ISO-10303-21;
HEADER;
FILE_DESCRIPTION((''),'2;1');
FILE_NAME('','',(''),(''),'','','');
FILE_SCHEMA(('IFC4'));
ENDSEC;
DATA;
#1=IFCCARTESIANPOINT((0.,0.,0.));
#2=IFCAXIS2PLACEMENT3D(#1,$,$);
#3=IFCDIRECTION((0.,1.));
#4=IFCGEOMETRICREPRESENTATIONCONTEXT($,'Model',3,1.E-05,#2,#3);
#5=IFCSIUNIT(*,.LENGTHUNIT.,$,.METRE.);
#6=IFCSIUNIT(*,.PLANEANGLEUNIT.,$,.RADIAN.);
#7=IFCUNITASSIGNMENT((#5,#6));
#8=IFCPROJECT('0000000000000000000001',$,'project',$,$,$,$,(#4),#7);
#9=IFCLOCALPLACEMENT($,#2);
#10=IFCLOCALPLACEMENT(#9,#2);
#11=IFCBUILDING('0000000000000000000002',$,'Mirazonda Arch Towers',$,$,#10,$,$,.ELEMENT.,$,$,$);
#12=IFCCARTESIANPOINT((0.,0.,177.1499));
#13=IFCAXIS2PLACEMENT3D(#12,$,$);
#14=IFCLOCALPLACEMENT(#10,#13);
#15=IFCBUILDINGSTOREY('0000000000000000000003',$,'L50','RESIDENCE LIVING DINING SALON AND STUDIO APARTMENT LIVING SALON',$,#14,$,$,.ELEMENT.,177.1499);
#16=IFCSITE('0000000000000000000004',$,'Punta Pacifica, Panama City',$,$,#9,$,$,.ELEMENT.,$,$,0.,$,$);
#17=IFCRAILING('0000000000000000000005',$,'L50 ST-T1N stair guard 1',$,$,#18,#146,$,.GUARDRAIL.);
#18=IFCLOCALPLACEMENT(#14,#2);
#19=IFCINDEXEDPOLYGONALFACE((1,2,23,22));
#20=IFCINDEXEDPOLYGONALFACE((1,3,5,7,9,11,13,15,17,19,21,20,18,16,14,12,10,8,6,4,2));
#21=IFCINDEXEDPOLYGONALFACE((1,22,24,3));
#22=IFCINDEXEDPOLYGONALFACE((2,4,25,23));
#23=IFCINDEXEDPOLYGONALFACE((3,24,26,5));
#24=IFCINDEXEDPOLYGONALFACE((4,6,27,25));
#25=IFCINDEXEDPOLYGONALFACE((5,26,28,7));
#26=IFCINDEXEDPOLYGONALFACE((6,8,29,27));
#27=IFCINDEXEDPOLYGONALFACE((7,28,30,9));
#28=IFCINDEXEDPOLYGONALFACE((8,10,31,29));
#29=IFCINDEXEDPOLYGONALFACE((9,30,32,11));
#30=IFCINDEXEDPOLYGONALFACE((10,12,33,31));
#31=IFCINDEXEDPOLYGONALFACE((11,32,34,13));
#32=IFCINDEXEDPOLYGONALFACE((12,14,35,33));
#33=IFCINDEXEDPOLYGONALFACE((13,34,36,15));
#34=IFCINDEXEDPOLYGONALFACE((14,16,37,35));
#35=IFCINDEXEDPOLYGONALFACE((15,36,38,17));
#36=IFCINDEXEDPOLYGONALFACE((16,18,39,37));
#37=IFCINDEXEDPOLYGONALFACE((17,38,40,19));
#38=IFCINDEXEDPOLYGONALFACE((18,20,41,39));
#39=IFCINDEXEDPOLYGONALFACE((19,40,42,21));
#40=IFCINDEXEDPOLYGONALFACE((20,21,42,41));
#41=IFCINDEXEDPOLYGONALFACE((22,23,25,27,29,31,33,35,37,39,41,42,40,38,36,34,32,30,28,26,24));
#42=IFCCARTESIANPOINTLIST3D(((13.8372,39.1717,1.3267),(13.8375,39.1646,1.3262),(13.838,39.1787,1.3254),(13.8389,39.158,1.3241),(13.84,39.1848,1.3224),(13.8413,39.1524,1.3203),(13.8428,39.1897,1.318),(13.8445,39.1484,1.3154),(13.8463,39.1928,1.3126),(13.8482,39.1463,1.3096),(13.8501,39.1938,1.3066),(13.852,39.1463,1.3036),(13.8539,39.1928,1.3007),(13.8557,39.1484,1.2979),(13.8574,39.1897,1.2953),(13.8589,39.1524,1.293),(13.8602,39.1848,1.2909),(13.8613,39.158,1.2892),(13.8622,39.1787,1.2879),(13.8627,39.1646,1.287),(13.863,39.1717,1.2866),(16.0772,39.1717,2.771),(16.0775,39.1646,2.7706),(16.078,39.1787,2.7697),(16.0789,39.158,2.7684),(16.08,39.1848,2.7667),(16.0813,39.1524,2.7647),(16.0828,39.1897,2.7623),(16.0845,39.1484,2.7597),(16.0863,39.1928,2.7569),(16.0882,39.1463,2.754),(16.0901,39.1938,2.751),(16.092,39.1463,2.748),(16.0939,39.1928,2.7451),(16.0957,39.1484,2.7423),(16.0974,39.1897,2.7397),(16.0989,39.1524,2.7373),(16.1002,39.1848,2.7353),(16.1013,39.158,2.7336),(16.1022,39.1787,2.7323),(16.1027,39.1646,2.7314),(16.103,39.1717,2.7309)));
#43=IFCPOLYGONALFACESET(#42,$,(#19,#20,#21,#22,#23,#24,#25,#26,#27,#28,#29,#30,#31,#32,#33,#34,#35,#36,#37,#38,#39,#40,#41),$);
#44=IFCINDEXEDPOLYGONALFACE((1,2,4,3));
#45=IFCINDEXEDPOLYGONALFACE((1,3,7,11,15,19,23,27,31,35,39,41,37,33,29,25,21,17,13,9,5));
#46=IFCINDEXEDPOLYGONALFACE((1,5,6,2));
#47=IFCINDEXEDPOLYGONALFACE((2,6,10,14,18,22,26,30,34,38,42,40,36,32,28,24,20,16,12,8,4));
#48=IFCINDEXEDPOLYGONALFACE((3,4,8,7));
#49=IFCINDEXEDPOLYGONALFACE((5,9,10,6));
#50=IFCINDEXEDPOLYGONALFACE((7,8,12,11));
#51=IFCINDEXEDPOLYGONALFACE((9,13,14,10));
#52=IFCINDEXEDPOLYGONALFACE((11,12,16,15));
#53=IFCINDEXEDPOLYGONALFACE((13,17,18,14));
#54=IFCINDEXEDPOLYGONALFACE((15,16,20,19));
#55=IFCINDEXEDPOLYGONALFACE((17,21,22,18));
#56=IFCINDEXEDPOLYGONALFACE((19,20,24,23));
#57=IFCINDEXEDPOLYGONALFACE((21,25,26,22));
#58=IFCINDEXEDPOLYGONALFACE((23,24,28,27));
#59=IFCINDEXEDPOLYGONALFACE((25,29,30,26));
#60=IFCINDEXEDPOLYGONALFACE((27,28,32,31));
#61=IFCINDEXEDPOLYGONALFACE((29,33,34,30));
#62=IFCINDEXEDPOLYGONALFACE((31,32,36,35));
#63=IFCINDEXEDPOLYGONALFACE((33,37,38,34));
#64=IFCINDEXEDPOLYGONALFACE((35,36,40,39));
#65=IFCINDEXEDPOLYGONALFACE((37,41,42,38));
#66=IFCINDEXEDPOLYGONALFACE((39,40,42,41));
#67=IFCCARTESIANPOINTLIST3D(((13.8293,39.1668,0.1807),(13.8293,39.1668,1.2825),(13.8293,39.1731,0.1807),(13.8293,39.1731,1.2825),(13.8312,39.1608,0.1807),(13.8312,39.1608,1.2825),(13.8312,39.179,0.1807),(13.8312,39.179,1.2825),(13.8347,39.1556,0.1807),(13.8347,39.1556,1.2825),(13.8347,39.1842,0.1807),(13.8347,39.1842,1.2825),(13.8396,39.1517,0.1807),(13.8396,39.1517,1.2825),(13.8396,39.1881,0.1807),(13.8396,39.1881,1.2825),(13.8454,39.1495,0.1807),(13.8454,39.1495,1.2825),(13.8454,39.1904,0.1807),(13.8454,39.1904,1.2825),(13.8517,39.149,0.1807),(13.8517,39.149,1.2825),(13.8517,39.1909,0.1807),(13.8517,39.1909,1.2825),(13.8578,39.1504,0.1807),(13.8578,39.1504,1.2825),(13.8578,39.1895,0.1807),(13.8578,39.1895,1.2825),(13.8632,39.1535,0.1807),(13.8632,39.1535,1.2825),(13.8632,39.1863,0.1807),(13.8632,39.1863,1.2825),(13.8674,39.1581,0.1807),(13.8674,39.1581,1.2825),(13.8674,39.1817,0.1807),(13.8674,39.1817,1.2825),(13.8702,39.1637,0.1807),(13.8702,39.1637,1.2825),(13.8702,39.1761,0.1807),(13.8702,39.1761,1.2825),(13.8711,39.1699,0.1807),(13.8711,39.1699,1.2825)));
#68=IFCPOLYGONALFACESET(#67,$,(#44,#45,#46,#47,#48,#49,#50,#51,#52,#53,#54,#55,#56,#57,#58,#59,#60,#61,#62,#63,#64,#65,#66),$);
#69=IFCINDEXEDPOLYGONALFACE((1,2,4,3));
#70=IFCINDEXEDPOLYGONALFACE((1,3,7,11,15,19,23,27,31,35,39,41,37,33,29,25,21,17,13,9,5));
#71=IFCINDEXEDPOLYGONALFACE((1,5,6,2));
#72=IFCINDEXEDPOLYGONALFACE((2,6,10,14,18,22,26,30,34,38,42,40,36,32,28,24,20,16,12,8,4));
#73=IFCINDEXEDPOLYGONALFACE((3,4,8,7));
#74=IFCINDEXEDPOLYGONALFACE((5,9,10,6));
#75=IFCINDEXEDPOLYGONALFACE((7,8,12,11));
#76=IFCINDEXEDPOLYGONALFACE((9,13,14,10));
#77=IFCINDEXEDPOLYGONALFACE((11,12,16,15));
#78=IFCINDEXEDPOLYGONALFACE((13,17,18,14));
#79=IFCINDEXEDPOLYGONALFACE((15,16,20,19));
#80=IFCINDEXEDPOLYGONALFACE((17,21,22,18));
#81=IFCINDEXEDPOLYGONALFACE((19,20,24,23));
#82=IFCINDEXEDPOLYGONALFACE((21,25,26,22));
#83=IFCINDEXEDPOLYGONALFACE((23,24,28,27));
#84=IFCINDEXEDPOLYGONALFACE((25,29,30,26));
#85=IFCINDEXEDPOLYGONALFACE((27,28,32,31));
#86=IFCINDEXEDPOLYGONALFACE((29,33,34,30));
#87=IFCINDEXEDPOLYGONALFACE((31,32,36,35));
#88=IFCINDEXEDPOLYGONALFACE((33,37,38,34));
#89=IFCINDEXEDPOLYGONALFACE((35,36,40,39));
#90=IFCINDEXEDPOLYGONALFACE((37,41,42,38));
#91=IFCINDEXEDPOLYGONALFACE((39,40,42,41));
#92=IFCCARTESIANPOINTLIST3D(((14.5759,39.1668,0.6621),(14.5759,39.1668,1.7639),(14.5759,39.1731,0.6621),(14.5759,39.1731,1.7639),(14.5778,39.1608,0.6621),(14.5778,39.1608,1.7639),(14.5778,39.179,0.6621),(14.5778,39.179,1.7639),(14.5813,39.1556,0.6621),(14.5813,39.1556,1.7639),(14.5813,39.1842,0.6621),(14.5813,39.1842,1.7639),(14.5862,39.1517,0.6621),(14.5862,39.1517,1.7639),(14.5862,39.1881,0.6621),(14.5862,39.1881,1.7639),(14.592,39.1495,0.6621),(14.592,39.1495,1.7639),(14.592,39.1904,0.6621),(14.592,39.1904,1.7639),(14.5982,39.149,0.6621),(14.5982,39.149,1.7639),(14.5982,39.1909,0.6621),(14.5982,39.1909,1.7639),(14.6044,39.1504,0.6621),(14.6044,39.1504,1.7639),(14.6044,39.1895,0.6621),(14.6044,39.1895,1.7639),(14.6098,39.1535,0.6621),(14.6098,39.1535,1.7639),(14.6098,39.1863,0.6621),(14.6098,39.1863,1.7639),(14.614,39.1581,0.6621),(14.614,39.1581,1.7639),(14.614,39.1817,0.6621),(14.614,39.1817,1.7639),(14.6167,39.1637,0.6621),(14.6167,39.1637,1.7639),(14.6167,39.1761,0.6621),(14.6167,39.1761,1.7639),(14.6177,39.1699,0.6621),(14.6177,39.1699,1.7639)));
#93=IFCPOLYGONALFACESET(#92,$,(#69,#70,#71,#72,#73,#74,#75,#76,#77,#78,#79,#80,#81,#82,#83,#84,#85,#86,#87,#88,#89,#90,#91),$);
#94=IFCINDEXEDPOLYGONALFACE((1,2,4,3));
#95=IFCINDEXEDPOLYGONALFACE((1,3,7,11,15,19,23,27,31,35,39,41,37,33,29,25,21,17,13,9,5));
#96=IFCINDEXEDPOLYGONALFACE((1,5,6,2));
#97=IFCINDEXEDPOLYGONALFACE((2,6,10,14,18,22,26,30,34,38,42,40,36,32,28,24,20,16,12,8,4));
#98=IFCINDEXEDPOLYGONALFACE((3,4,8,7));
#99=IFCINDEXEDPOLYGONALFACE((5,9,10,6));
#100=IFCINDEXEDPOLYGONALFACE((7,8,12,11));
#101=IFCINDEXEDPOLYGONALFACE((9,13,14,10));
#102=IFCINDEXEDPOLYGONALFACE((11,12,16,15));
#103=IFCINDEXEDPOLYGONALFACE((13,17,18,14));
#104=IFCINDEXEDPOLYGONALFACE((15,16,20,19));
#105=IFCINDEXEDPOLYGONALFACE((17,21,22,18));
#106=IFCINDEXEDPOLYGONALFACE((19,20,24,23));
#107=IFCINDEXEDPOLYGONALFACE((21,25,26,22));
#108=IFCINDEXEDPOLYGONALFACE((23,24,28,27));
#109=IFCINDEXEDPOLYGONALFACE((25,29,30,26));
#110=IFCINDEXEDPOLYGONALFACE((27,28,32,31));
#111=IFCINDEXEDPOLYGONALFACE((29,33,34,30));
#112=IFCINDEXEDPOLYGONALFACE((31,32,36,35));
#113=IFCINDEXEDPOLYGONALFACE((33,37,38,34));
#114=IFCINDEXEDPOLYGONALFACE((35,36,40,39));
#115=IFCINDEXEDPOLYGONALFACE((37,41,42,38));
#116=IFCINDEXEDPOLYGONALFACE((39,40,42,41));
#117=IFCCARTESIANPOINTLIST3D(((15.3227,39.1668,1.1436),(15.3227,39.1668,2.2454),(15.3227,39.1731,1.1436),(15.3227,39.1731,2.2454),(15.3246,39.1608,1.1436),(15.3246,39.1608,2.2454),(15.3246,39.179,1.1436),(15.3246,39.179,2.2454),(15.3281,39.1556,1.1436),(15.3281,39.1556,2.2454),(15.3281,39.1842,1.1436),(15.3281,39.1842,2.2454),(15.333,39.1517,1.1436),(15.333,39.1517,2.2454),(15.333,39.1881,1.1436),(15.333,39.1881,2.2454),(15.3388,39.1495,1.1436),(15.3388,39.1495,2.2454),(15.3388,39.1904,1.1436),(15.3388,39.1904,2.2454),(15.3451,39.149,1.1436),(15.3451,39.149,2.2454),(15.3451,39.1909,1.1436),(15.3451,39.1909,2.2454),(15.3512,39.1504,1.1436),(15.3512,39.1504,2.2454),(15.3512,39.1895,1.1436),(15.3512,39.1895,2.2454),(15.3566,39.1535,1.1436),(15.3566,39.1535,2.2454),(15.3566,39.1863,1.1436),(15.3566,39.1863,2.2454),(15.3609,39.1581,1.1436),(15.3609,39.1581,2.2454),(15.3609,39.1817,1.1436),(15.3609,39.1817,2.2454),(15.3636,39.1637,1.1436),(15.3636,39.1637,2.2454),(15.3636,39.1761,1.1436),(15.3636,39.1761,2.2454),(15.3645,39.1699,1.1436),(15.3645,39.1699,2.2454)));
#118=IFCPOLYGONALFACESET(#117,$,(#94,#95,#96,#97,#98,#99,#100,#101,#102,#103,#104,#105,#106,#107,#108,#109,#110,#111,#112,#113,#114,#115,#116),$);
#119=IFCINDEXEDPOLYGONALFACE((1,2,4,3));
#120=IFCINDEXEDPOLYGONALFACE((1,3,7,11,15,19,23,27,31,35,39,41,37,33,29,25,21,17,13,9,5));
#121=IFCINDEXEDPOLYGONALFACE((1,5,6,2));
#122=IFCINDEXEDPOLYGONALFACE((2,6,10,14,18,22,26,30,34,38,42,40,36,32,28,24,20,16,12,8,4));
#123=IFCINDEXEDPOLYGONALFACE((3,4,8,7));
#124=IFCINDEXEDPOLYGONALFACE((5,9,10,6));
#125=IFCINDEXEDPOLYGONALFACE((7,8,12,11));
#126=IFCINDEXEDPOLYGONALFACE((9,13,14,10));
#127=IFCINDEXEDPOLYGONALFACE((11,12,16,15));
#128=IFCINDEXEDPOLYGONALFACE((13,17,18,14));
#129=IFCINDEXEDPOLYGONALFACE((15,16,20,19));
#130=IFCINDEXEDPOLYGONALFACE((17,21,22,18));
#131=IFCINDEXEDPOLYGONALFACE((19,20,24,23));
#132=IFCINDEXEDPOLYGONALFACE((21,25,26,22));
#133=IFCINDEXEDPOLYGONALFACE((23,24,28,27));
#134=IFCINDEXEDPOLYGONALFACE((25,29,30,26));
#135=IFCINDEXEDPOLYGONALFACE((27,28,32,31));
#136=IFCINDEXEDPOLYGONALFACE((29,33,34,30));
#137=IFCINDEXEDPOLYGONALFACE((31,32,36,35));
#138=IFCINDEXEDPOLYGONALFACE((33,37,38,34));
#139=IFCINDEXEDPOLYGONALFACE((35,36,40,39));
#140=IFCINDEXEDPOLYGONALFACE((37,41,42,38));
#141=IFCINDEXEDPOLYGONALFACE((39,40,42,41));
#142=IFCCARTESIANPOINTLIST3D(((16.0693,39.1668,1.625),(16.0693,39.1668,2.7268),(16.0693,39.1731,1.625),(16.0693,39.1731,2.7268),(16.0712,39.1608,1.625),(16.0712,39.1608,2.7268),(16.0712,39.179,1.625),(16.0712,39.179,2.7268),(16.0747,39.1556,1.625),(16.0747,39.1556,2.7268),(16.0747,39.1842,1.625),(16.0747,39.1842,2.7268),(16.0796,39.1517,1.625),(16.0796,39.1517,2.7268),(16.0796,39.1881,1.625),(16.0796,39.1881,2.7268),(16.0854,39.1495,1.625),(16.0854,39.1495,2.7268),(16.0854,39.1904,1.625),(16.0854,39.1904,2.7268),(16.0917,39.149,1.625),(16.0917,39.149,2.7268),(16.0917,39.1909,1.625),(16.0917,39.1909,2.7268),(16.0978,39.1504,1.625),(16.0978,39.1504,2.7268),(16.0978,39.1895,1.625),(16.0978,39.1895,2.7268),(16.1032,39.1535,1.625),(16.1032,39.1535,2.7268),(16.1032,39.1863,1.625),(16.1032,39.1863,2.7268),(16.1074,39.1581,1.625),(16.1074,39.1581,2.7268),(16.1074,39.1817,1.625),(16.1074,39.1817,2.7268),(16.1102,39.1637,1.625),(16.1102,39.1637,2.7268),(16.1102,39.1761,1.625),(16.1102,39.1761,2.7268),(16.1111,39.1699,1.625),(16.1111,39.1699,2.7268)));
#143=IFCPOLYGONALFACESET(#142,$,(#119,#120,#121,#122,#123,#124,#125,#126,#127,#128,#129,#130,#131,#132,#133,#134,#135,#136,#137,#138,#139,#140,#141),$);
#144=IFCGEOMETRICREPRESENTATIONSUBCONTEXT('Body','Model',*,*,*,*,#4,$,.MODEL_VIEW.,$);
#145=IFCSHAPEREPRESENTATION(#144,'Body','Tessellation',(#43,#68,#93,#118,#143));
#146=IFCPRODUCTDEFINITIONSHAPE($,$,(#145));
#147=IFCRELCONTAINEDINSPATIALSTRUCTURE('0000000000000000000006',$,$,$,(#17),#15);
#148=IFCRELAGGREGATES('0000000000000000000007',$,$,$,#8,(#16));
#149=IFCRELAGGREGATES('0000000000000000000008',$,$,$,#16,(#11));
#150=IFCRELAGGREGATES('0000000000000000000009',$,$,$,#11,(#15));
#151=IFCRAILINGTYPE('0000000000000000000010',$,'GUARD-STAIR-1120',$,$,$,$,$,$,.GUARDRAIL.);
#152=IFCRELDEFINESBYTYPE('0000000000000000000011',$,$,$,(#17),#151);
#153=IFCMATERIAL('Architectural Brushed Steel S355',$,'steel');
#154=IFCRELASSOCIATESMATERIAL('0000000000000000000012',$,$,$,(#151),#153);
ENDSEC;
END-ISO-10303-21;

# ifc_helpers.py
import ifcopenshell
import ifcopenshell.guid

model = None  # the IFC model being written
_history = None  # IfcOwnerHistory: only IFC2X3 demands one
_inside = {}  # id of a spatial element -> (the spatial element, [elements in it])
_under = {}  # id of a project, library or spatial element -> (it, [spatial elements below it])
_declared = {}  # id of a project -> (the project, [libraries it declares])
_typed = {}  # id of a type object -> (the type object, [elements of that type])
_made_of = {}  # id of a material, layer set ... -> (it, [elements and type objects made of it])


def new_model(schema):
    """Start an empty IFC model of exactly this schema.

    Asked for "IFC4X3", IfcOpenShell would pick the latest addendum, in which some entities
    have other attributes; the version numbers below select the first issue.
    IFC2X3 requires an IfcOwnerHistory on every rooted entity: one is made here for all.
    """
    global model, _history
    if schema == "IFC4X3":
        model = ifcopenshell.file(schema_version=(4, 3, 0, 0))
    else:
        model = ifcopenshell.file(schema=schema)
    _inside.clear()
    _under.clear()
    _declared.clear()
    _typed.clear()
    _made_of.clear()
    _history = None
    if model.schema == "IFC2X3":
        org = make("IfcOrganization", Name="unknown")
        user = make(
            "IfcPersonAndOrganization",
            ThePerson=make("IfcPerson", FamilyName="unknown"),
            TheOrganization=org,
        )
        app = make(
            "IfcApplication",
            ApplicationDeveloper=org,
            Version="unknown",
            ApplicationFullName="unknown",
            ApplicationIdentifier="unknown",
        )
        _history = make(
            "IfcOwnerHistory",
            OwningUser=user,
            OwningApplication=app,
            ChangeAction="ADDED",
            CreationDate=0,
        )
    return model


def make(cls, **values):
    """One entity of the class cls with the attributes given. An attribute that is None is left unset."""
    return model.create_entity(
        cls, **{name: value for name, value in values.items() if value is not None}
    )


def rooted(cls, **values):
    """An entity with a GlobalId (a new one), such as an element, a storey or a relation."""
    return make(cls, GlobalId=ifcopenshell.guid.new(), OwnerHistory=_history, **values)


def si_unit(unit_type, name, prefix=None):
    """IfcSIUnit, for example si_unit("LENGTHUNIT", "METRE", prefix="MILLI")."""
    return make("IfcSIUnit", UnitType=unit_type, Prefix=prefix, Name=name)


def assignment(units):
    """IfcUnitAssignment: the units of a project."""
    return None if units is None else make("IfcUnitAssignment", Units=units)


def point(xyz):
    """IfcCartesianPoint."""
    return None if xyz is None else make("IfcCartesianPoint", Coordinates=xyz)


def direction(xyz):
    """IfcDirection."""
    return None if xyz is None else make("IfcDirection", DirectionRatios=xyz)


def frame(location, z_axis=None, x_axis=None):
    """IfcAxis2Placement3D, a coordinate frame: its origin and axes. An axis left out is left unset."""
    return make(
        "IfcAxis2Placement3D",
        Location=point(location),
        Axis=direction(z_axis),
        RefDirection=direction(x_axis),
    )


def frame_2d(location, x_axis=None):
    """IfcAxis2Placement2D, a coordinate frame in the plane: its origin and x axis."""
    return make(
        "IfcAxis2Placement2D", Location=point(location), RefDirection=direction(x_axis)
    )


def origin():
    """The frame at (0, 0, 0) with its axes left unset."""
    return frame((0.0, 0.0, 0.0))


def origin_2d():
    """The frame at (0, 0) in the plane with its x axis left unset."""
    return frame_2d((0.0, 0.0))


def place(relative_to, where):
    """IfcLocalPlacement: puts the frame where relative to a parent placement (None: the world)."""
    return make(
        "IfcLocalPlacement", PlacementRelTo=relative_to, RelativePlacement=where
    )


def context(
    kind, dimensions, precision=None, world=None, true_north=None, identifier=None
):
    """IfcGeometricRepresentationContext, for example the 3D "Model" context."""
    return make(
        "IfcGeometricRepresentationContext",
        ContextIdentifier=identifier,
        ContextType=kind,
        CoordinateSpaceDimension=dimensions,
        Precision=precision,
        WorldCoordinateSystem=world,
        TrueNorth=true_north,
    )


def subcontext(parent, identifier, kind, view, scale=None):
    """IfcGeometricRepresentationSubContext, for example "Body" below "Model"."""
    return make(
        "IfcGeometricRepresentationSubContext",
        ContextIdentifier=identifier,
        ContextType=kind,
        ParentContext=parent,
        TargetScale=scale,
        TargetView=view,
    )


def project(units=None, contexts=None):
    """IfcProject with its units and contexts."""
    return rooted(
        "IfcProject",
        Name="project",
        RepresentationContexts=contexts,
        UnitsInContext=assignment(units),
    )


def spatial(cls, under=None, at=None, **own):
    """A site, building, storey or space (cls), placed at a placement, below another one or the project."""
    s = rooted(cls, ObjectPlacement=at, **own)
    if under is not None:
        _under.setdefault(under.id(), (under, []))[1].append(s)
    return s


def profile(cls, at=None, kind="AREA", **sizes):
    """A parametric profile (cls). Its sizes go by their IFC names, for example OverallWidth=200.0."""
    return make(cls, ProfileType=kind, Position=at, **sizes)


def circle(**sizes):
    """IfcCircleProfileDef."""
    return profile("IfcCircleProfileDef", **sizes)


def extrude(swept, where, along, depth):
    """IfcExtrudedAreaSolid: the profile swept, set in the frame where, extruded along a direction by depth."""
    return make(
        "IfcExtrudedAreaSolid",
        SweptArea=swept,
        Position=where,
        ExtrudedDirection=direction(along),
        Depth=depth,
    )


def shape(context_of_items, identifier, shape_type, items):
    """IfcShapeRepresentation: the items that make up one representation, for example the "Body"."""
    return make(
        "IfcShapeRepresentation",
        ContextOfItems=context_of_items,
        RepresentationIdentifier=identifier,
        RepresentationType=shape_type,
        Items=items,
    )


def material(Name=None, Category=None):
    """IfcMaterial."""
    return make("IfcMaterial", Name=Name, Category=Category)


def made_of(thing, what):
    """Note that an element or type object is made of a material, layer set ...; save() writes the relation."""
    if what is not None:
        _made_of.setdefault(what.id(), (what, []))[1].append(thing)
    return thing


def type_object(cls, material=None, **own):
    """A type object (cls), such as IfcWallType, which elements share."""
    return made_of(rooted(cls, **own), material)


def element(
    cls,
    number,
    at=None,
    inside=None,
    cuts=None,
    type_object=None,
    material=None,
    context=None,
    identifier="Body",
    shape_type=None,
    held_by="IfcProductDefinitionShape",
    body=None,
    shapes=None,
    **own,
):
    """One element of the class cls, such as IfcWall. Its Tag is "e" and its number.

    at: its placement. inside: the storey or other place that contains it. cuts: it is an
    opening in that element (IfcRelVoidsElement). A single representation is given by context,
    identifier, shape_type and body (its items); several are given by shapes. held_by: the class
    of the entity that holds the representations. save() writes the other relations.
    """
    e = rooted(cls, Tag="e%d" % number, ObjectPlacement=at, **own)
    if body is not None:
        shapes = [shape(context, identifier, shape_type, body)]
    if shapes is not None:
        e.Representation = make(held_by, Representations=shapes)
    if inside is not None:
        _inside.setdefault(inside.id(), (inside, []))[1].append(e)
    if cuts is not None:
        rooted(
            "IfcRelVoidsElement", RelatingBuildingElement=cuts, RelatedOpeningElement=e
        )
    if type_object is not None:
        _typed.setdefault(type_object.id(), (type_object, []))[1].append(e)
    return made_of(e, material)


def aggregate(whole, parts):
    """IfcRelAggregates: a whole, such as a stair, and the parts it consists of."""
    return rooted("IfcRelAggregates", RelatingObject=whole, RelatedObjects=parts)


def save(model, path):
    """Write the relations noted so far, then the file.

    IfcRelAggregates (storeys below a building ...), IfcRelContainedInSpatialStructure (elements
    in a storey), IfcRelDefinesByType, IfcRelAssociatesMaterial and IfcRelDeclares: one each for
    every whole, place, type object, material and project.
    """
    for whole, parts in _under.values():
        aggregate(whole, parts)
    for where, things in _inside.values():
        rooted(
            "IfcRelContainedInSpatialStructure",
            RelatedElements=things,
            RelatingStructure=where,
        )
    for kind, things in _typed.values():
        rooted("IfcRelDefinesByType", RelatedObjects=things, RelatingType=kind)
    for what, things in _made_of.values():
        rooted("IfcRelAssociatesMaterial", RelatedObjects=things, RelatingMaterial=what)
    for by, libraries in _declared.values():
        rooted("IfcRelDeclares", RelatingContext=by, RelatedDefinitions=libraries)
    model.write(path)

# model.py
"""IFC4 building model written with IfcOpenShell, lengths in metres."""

from ifc_helpers import new_model, si_unit, direction, frame, origin, origin_2d, place, context, subcontext, project, spatial, circle, extrude, material, type_object, element, save


model = new_model("IFC4")

# Units and contexts
model_context = context("Model", 3, precision=1e-05, world=origin(), true_north=direction((0.0, 1.0)))
body_context = subcontext(model_context, "Body", "Model", "MODEL_VIEW")
ifc_project = project(units=[si_unit("LENGTHUNIT", "METRE"), si_unit("PLANEANGLEUNIT", "RADIAN")], contexts=[model_context])

# Site, building, storey
site_placement = place(None, origin())
site = spatial("IfcSite", under=ifc_project, at=site_placement, Name="Punta Pacifica, Panama City", CompositionType="ELEMENT", RefElevation=0.0)
building_placement = place(site_placement, origin())
building = spatial("IfcBuilding", under=site, at=building_placement, Name="Mirazonda Arch Towers", CompositionType="ELEMENT")
storey_placement = place(building_placement, frame((0.0, 0.0, 177.1499)))
storey = spatial("IfcBuildingStorey", under=building, at=storey_placement, Name="L50", Description="RESIDENCE LIVING DINING SALON AND STUDIO APARTMENT LIVING SALON", CompositionType="ELEMENT", Elevation=177.1499)

# Shared definitions
ifc_material_1 = material(Name="Architectural Brushed Steel S355", Category="steel")

# Railing
railing_type_1 = type_object("IfcRailingType", Name="GUARD-STAIR-1120", PredefinedType="GUARDRAIL", material=ifc_material_1)
railing_1_placement = place(storey_placement, frame((13.8501, 39.1699, 0.1807)))
element("IfcRailing", 1, at=railing_1_placement, inside=storey, type_object=railing_type_1, Name="L50 ST-T1N stair guard 1", PredefinedType="GUARDRAIL", context=body_context, shape_type="SweptSolid", body=[
    extrude(circle(Radius=0.0239, at=origin_2d()), frame((0.0, 0.0, 1.126), z_axis=(0.840437, 0.0, 0.54191), x_axis=(0.0, 1.0, 0.0)), (0.0, 0.0, 1.0), 2.6653),
    extrude(circle(Radius=0.021, at=origin_2d()), origin(), (0.0, 0.0, 1.0), 1.1018),
    extrude(circle(Radius=0.021, at=origin_2d()), frame((0.7466, 0.0, 0.4814)), (0.0, 0.0, 1.0), 1.1018),
    extrude(circle(Radius=0.021, at=origin_2d()), frame((1.4934, 0.0, 0.9629)), (0.0, 0.0, 1.0), 1.1018),
    extrude(circle(Radius=0.021, at=origin_2d()), frame((2.24, 0.0, 1.4443)), (0.0, 0.0, 1.0), 1.1018),
])

save(model, "model.ifc")
